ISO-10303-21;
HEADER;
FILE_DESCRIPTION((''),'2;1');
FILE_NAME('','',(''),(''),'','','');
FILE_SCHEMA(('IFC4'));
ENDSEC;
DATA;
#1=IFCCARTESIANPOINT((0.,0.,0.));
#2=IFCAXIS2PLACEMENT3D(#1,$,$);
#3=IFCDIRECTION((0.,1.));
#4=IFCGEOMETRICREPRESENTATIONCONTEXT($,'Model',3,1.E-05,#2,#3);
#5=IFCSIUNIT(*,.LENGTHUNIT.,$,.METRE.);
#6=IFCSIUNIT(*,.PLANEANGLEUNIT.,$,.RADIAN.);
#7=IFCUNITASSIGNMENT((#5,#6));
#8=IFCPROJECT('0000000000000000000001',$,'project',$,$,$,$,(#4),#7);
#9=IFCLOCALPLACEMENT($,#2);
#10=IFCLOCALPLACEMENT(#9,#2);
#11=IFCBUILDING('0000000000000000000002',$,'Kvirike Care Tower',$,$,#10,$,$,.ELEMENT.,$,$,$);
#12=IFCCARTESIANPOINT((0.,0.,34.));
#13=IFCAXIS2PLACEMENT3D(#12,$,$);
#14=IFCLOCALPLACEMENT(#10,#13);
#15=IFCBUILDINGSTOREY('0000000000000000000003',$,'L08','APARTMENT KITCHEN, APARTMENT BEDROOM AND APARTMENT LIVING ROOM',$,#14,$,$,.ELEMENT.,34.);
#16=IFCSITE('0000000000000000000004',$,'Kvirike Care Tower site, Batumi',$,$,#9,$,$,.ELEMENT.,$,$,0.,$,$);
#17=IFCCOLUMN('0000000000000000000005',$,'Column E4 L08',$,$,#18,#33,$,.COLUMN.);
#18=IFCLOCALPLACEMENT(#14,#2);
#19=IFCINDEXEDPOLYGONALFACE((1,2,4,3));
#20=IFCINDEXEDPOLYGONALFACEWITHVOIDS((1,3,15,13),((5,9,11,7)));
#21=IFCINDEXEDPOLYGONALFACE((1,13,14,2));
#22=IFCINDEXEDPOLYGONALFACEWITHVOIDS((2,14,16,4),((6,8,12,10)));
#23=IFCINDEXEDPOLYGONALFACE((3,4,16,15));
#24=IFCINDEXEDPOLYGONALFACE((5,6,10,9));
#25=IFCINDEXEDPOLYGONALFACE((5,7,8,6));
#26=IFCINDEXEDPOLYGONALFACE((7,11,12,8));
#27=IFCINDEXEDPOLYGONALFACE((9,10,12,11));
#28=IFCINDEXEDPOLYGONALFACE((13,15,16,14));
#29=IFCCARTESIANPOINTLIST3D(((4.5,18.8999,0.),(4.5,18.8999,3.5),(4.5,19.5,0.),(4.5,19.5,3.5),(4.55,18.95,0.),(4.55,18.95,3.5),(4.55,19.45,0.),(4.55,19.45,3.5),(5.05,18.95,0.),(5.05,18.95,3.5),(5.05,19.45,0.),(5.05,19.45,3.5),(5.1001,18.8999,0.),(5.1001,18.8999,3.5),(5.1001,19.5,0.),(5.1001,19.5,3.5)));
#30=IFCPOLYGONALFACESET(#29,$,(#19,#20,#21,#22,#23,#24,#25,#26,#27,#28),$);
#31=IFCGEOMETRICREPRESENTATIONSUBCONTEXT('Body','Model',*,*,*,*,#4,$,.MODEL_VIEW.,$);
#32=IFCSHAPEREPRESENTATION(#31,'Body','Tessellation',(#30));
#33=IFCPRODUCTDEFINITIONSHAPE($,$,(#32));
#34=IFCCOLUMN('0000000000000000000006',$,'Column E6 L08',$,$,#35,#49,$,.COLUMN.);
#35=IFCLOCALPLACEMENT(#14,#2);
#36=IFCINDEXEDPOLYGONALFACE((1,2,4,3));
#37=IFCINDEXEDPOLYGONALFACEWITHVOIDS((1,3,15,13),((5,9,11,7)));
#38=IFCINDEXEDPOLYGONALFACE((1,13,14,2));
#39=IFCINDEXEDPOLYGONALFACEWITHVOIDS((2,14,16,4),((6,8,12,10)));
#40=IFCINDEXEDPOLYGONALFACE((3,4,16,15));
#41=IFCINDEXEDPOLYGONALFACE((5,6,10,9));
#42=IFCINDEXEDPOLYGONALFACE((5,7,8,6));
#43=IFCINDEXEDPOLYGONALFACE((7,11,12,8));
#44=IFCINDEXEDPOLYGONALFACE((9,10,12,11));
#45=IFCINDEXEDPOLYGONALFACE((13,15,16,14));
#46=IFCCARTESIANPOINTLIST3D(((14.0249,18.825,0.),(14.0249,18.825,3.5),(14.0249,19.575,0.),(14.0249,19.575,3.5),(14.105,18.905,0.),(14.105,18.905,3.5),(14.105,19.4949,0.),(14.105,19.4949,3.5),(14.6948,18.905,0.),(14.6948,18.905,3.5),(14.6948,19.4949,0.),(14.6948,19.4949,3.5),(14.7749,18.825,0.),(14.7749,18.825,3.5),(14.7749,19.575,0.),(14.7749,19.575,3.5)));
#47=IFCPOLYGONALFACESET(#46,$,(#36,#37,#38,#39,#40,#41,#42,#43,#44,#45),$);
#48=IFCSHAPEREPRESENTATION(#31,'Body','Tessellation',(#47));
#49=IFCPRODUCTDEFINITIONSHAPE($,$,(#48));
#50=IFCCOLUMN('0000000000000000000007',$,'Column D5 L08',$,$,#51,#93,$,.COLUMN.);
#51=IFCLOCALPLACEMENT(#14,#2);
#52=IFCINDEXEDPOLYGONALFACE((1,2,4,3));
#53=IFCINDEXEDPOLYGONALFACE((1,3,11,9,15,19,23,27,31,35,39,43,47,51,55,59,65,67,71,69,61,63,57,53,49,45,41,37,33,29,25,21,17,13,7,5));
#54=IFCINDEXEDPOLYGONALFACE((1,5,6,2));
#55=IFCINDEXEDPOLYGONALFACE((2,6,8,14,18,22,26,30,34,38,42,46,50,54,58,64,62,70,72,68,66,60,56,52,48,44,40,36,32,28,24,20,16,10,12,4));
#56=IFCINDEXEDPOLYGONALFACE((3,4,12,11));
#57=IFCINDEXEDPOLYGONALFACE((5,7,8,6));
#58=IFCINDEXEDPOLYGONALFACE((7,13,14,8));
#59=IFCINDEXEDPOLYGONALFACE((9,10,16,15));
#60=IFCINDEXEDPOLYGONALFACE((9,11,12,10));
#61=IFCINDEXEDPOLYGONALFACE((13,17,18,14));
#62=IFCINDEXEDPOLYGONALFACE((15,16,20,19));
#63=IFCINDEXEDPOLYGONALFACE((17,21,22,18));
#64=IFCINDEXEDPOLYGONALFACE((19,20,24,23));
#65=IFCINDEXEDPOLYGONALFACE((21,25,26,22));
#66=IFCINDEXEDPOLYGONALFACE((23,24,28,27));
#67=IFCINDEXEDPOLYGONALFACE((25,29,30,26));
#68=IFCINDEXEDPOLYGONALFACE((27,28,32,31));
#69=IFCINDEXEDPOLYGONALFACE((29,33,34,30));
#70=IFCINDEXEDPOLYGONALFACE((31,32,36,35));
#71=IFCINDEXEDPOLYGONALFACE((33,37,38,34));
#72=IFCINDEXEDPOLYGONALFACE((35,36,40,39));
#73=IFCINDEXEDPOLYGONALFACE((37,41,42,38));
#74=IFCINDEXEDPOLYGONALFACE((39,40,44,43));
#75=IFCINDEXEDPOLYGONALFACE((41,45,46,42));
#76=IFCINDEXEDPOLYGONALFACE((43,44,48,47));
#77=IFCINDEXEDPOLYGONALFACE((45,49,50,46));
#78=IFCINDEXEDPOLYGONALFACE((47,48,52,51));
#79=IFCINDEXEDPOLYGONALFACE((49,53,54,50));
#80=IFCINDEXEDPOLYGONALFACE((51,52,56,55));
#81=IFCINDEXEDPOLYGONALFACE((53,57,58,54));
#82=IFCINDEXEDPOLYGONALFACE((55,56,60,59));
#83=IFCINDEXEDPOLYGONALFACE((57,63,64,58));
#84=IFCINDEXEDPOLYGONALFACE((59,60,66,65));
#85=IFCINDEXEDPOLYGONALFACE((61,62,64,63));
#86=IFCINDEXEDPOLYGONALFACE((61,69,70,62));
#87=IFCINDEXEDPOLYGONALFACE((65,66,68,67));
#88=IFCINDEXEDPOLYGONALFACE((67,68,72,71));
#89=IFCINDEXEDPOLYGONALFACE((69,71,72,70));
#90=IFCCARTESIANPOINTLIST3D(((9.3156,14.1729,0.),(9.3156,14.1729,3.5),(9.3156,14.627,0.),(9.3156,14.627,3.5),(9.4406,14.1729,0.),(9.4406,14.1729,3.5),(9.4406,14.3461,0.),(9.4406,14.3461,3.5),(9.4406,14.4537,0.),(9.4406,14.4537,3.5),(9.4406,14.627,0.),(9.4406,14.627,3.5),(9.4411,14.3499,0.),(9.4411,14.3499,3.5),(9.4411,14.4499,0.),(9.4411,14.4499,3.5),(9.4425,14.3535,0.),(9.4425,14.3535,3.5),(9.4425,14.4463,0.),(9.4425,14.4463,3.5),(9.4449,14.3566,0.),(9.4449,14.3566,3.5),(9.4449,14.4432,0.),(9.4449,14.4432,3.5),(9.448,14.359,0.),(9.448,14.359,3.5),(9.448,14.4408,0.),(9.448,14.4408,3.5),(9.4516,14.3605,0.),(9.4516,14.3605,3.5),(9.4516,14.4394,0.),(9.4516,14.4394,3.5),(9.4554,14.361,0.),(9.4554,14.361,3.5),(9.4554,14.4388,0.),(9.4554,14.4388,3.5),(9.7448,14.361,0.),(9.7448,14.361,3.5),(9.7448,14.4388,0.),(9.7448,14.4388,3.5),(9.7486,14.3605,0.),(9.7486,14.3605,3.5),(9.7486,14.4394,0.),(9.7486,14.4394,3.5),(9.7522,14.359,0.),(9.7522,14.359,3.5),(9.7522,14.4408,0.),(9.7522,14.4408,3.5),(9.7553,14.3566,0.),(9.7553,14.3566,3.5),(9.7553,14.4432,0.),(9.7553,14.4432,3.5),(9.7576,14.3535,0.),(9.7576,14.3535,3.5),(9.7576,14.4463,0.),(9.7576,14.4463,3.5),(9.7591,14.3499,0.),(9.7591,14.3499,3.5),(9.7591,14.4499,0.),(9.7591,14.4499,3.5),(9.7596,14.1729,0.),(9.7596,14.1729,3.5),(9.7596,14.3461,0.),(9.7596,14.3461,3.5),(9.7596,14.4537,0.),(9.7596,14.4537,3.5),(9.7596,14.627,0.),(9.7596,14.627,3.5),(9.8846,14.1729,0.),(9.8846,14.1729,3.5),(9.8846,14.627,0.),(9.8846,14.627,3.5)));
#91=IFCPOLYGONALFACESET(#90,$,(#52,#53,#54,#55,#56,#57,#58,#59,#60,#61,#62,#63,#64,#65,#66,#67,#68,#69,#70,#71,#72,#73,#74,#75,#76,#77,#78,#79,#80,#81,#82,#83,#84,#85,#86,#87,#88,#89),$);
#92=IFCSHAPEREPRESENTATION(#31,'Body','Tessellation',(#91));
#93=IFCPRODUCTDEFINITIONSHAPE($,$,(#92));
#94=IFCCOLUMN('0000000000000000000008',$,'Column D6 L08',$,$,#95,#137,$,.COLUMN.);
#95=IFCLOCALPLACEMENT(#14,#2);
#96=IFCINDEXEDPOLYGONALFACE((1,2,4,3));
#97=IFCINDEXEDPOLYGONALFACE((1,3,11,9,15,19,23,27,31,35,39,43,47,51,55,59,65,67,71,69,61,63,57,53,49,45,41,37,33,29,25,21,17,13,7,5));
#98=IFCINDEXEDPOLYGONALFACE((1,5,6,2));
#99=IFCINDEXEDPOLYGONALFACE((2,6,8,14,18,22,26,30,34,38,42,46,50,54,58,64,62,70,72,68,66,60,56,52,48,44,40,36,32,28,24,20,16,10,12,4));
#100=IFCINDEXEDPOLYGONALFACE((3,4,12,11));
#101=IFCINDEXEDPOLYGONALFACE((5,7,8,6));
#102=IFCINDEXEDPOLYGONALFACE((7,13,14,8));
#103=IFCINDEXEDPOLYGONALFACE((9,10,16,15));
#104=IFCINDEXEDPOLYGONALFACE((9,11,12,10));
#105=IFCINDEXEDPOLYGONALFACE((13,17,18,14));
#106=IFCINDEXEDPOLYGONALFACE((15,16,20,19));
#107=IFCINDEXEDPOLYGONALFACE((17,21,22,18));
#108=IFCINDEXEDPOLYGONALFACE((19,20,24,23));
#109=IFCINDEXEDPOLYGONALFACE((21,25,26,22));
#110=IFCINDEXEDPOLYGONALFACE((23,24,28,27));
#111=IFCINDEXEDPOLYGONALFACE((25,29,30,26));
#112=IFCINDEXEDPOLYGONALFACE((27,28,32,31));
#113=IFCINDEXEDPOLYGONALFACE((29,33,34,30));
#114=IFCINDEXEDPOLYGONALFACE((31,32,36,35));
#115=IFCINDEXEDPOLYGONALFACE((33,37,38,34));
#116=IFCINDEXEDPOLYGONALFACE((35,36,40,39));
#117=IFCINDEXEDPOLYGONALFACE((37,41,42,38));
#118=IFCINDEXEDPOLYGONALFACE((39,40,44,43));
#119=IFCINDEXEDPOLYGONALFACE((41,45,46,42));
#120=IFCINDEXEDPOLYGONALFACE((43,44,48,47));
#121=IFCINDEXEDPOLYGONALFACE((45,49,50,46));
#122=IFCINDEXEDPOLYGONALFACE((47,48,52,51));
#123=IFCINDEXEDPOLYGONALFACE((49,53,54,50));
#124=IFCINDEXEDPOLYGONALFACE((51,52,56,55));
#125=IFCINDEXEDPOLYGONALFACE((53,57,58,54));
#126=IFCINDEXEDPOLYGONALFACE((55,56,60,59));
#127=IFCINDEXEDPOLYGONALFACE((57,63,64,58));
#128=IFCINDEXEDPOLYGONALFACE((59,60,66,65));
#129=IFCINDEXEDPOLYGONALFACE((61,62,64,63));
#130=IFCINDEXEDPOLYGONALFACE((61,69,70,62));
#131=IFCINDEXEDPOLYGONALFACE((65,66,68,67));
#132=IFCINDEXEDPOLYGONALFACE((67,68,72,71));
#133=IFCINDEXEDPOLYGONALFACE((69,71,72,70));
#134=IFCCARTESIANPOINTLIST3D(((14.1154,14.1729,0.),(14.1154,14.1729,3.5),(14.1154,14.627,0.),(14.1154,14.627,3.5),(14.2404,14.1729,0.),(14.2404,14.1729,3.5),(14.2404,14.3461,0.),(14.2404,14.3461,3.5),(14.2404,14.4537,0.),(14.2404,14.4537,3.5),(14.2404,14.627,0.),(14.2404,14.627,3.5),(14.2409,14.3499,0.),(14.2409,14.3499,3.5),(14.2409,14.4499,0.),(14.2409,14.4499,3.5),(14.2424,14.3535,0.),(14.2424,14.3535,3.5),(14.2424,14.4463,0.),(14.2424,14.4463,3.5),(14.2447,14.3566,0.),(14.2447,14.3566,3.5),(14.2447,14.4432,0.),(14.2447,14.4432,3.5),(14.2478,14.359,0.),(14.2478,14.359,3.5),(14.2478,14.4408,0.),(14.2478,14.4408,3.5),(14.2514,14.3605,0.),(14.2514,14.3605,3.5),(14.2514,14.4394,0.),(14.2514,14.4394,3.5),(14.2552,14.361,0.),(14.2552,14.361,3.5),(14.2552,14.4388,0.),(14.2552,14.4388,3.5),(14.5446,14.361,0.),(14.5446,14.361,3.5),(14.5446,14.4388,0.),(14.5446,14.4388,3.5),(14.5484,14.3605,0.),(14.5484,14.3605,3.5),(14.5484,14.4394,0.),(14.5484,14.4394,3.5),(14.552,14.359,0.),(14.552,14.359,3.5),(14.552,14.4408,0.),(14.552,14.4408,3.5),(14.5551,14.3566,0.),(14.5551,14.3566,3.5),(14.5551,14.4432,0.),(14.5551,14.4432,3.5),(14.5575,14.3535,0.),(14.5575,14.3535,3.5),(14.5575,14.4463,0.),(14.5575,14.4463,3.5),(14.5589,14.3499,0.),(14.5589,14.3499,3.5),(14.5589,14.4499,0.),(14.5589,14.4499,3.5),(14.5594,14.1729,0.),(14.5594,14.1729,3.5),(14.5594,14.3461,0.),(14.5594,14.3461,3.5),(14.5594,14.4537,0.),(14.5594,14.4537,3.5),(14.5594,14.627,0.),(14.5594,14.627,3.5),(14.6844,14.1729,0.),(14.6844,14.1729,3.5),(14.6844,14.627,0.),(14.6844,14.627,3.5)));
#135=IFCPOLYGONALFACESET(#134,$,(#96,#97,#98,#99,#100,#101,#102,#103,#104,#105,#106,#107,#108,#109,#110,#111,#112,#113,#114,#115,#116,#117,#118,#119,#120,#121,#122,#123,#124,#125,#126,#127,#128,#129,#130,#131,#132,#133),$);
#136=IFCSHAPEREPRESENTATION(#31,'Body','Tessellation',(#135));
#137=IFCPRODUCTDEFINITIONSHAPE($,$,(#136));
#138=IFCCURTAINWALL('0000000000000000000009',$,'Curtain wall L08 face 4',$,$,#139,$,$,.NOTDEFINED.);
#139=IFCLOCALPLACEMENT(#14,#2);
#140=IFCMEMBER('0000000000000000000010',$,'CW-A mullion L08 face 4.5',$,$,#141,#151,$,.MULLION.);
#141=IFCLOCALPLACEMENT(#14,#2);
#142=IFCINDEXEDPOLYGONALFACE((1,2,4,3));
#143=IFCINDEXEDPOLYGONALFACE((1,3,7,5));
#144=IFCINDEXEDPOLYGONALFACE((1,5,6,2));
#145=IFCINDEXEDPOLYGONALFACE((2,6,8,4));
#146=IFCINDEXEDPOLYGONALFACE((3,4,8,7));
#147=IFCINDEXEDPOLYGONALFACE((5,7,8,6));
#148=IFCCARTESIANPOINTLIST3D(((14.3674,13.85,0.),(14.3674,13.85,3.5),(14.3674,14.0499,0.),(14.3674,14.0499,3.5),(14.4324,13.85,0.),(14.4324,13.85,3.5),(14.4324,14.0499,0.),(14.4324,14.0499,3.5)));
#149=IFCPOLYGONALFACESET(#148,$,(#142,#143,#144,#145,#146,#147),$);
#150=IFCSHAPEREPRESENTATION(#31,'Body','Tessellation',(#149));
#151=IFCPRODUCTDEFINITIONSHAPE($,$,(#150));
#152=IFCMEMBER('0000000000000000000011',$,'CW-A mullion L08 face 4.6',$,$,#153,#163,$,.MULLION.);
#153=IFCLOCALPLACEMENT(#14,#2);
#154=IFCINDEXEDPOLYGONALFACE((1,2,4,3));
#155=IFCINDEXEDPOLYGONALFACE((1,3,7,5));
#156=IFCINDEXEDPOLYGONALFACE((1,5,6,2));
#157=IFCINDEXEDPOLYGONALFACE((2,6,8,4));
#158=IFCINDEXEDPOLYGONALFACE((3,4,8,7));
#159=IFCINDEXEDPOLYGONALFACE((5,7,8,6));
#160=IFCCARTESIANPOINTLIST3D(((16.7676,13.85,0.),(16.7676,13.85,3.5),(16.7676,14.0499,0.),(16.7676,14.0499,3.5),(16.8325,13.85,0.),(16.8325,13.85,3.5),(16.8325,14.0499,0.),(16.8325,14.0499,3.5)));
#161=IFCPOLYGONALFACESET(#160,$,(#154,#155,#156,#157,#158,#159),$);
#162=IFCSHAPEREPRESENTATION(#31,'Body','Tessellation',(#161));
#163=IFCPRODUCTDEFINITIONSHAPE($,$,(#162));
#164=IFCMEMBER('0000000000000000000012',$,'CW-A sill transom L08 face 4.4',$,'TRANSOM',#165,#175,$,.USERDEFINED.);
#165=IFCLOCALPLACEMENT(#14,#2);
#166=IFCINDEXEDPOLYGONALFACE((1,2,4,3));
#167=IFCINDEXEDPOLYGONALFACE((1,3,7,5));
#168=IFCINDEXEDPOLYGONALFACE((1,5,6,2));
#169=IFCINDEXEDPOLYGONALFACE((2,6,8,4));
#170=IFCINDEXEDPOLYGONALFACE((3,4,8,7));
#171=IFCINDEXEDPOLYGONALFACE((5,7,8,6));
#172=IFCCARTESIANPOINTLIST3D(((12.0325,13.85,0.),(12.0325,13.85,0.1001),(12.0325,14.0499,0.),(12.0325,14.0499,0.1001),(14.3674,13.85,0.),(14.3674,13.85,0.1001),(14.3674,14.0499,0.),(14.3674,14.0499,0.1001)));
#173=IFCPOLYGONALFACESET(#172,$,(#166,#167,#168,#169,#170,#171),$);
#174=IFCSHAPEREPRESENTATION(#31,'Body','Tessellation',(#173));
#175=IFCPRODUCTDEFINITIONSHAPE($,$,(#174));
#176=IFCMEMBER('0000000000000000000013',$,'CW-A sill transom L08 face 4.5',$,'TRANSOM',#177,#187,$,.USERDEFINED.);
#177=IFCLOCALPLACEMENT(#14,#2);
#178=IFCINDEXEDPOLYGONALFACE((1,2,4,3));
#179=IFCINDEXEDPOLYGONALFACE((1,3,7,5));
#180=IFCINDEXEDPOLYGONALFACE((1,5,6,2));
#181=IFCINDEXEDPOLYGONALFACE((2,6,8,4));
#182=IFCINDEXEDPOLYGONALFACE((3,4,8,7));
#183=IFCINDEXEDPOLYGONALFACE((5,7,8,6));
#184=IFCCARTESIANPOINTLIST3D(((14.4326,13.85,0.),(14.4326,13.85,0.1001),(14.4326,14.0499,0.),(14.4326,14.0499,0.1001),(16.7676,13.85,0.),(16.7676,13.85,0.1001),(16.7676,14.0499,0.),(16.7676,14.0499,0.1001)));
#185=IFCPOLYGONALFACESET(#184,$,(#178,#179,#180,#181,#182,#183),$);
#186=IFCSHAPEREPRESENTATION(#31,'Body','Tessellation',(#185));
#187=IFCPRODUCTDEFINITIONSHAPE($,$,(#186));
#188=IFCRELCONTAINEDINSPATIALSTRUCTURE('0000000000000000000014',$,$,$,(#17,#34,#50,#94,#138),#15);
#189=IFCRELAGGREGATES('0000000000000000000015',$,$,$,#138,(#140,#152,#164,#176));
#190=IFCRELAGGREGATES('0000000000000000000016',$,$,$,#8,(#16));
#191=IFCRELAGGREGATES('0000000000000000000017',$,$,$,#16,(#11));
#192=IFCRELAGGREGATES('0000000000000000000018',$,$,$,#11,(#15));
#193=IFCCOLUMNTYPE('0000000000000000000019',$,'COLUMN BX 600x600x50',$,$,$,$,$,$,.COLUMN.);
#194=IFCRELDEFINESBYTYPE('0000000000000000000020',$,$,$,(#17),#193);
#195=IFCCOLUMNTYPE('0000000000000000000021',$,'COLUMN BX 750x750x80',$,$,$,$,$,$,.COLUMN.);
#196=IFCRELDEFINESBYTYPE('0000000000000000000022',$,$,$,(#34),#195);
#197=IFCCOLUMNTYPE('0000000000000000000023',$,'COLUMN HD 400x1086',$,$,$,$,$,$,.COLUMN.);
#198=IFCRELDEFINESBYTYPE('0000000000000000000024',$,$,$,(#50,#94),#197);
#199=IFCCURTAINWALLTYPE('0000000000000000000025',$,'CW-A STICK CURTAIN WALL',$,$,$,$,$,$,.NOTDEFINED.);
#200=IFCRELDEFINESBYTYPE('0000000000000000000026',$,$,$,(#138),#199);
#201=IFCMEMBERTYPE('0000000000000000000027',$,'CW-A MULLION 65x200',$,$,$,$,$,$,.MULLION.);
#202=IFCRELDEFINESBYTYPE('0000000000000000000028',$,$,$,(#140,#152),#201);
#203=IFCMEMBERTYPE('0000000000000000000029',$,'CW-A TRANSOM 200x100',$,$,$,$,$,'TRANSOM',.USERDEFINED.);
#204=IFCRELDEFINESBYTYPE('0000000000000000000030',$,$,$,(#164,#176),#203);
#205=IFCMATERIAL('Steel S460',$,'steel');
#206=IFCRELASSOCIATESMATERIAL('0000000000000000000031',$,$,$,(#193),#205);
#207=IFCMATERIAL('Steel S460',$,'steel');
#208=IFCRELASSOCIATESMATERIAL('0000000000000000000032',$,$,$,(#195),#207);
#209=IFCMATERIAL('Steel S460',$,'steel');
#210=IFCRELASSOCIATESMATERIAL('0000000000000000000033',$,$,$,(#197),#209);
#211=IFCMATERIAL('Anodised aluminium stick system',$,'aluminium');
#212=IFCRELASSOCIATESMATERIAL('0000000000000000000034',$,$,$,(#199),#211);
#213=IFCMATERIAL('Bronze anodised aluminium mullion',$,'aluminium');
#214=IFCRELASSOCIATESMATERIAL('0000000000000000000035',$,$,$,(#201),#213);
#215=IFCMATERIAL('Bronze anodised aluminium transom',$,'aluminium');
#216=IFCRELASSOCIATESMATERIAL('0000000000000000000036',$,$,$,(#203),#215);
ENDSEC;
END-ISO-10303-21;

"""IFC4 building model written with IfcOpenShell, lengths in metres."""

from ifc_helpers import new_model, si_unit, direction, frame, origin, origin_2d, place, context, subcontext, project, spatial, rectangle, hollow_rectangle, i_section, extrude, material, material_profile, profile_set, type_object, element, aggregate, save


model = new_model("IFC4")

# Units and contexts
model_context = context("Model", 3, precision=1e-05, world=origin(), true_north=direction((0.0, 1.0)))
body_context = subcontext(model_context, "Body", "Model", "MODEL_VIEW")
ifc_project = project(units=[si_unit("LENGTHUNIT", "METRE"), si_unit("PLANEANGLEUNIT", "RADIAN")], contexts=[model_context])

# Site, building, storey
site_placement = place(None, origin())
site = spatial("IfcSite", under=ifc_project, at=site_placement, Name="Kvirike Care Tower site, Batumi", CompositionType="ELEMENT", RefElevation=0.0)
building_placement = place(site_placement, origin())
building = spatial("IfcBuilding", under=site, at=building_placement, Name="Kvirike Care Tower", CompositionType="ELEMENT")
storey_placement = place(building_placement, frame((0.0, 0.0, 34.0)))
storey = spatial("IfcBuildingStorey", under=building, at=storey_placement, Name="L08", Description="APARTMENT KITCHEN, APARTMENT BEDROOM AND APARTMENT LIVING ROOM", CompositionType="ELEMENT", Elevation=34.0)

# Columns
ifc_material_1 = material(Name="Steel S460", Category="steel")
ifc_material_profile_1 = material_profile(ifc_material_1, hollow_rectangle(XDim=0.6001, YDim=0.6001, WallThickness=0.05, at=origin_2d()), Name="BX 600x600x50")
ifc_profile_set_1 = profile_set([ifc_material_profile_1], Name="Steel S460")
column_type_1 = type_object("IfcColumnType", Name="COLUMN BX 600x600x50", PredefinedType="COLUMN", material=ifc_profile_set_1)
column_1_placement = place(storey_placement, frame((4.8, 19.2, 0.0), z_axis=(0.0, 0.0, 1.0), x_axis=(0.0, 1.0, 0.0)))
element("IfcColumn", 1, at=column_1_placement, inside=storey, type_object=column_type_1, Name="Column E4 L08", PredefinedType="COLUMN", context=body_context, shape_type="SweptSolid", body=[
    extrude(hollow_rectangle(XDim=0.6001, YDim=0.6001, WallThickness=0.05, at=origin_2d()), origin(), (0.0, 0.0, 1.0), 3.5),
])
ifc_material_2 = material(Name="Steel S460", Category="steel")
ifc_material_profile_2 = material_profile(ifc_material_2, hollow_rectangle(XDim=0.75, YDim=0.75, WallThickness=0.0801, at=origin_2d()), Name="BX 750x750x80")
ifc_profile_set_2 = profile_set([ifc_material_profile_2], Name="Steel S460")
column_type_2 = type_object("IfcColumnType", Name="COLUMN BX 750x750x80", PredefinedType="COLUMN", material=ifc_profile_set_2)
column_2_placement = place(storey_placement, frame((14.3999, 19.2, 0.0), z_axis=(0.0, 0.0, 1.0), x_axis=(1.0, 0.0, 0.0)))
element("IfcColumn", 2, at=column_2_placement, inside=storey, type_object=column_type_2, Name="Column E6 L08", PredefinedType="COLUMN", context=body_context, shape_type="SweptSolid", body=[
    extrude(hollow_rectangle(XDim=0.75, YDim=0.75, WallThickness=0.0801, at=origin_2d()), origin(), (0.0, 0.0, 1.0), 3.5),
])
ifc_material_3 = material(Name="Steel S460", Category="steel")
ifc_material_profile_3 = material_profile(ifc_material_3, i_section(OverallWidth=0.4541, OverallDepth=0.5691, WebThickness=0.0779, FlangeThickness=0.125, FilletRadius=0.0149, at=origin_2d()), Name="HD 400x1086")
ifc_profile_set_3 = profile_set([ifc_material_profile_3], Name="Steel S460")
column_type_3 = type_object("IfcColumnType", Name="COLUMN HD 400x1086", PredefinedType="COLUMN", material=ifc_profile_set_3)
for number, where, z_axis, x_axis, name in (
    (3, (9.6001, 14.3999, 0.0), (0.0, 0.0, 1.0), (0.0, 1.0, 0.0), "Column D5 L08"),
    (4, (14.3999, 14.3999, 0.0), (0.0, 0.0, 1.0), (0.0, 1.0, 0.0), "Column D6 L08"),
):
    element("IfcColumn", number, at=place(storey_placement, frame(where, z_axis=z_axis, x_axis=x_axis)), inside=storey, type_object=column_type_3, Name=name, PredefinedType="COLUMN", context=body_context, shape_type="SweptSolid", body=[
        extrude(i_section(OverallWidth=0.4541, OverallDepth=0.5691, WebThickness=0.0779, FlangeThickness=0.125, FilletRadius=0.0149, at=origin_2d()), origin(), (0.0, 0.0, 1.0), 3.5),
    ])

# Curtain wall, members
ifc_material_4 = material(Name="Anodised aluminium stick system", Category="aluminium")
curtain_wall_type = type_object("IfcCurtainWallType", Name="CW-A STICK CURTAIN WALL", PredefinedType="NOTDEFINED", material=ifc_material_4)
curtain_wall_placement = place(storey_placement, origin())
curtain_wall = element("IfcCurtainWall", 5, at=curtain_wall_placement, inside=storey, type_object=curtain_wall_type, Name="Curtain wall L08 face 4", PredefinedType="NOTDEFINED")
ifc_material_5 = material(Name="Bronze anodised aluminium mullion", Category="aluminium")
ifc_material_profile_4 = material_profile(ifc_material_5, rectangle(XDim=0.0649, YDim=0.2, at=origin_2d()), Name="CW-A MULLION 65x200")
ifc_profile_set_4 = profile_set([ifc_material_profile_4], Name="Bronze anodised aluminium mullion")
member_type_1 = type_object("IfcMemberType", Name="CW-A MULLION 65x200", PredefinedType="MULLION", material=ifc_profile_set_4)
member_1_placement = place(storey_placement, frame((14.3999, 13.95, 0.0), z_axis=(0.0, 0.0, 1.0), x_axis=(1.0, 0.0, 0.0)))
member_1 = element("IfcMember", 6, at=member_1_placement, type_object=member_type_1, Name="CW-A mullion L08 face 4.5", PredefinedType="MULLION", context=body_context, shape_type="SweptSolid", body=[
    extrude(rectangle(XDim=0.0649, YDim=0.2, at=origin_2d()), origin(), (0.0, 0.0, 1.0), 3.5),
])
member_2_placement = place(storey_placement, frame((16.8, 13.95, 0.0), z_axis=(0.0, 0.0, 1.0), x_axis=(1.0, 0.0, 0.0)))
member_2 = element("IfcMember", 7, at=member_2_placement, type_object=member_type_1, Name="CW-A mullion L08 face 4.6", PredefinedType="MULLION", context=body_context, shape_type="SweptSolid", body=[
    extrude(rectangle(XDim=0.0649, YDim=0.2, at=origin_2d()), origin(), (0.0, 0.0, 1.0), 3.5),
])
ifc_material_6 = material(Name="Bronze anodised aluminium transom", Category="aluminium")
ifc_material_profile_5 = material_profile(ifc_material_6, rectangle(XDim=0.2, YDim=0.1001, at=origin_2d()), Name="CW-A TRANSOM 200x100")
ifc_profile_set_5 = profile_set([ifc_material_profile_5], Name="Bronze anodised aluminium transom")
member_type_2 = type_object("IfcMemberType", Name="CW-A TRANSOM 200x100", ElementType="TRANSOM", PredefinedType="USERDEFINED", material=ifc_profile_set_5)
member_3_placement = place(storey_placement, frame((12.0325, 13.95, 0.05), z_axis=(1.0, 0.0, 0.0), x_axis=(0.0, 1.0, 0.0)))
member_3 = element("IfcMember", 8, at=member_3_placement, type_object=member_type_2, Name="CW-A sill transom L08 face 4.4", ObjectType="TRANSOM", PredefinedType="USERDEFINED", context=body_context, shape_type="SweptSolid", body=[
    extrude(rectangle(XDim=0.2, YDim=0.1001, at=origin_2d()), origin(), (0.0, 0.0, 1.0), 2.335),
])
member_4_placement = place(storey_placement, frame((14.4326, 13.95, 0.05), z_axis=(1.0, 0.0, 0.0), x_axis=(0.0, 1.0, 0.0)))
member_4 = element("IfcMember", 9, at=member_4_placement, type_object=member_type_2, Name="CW-A sill transom L08 face 4.5", ObjectType="TRANSOM", PredefinedType="USERDEFINED", context=body_context, shape_type="SweptSolid", body=[
    extrude(rectangle(XDim=0.2, YDim=0.1001, at=origin_2d()), origin(), (0.0, 0.0, 1.0), 2.335),
])

aggregate(curtain_wall, [member_1, member_2, member_3, member_4])

save(model, "model.ifc")
